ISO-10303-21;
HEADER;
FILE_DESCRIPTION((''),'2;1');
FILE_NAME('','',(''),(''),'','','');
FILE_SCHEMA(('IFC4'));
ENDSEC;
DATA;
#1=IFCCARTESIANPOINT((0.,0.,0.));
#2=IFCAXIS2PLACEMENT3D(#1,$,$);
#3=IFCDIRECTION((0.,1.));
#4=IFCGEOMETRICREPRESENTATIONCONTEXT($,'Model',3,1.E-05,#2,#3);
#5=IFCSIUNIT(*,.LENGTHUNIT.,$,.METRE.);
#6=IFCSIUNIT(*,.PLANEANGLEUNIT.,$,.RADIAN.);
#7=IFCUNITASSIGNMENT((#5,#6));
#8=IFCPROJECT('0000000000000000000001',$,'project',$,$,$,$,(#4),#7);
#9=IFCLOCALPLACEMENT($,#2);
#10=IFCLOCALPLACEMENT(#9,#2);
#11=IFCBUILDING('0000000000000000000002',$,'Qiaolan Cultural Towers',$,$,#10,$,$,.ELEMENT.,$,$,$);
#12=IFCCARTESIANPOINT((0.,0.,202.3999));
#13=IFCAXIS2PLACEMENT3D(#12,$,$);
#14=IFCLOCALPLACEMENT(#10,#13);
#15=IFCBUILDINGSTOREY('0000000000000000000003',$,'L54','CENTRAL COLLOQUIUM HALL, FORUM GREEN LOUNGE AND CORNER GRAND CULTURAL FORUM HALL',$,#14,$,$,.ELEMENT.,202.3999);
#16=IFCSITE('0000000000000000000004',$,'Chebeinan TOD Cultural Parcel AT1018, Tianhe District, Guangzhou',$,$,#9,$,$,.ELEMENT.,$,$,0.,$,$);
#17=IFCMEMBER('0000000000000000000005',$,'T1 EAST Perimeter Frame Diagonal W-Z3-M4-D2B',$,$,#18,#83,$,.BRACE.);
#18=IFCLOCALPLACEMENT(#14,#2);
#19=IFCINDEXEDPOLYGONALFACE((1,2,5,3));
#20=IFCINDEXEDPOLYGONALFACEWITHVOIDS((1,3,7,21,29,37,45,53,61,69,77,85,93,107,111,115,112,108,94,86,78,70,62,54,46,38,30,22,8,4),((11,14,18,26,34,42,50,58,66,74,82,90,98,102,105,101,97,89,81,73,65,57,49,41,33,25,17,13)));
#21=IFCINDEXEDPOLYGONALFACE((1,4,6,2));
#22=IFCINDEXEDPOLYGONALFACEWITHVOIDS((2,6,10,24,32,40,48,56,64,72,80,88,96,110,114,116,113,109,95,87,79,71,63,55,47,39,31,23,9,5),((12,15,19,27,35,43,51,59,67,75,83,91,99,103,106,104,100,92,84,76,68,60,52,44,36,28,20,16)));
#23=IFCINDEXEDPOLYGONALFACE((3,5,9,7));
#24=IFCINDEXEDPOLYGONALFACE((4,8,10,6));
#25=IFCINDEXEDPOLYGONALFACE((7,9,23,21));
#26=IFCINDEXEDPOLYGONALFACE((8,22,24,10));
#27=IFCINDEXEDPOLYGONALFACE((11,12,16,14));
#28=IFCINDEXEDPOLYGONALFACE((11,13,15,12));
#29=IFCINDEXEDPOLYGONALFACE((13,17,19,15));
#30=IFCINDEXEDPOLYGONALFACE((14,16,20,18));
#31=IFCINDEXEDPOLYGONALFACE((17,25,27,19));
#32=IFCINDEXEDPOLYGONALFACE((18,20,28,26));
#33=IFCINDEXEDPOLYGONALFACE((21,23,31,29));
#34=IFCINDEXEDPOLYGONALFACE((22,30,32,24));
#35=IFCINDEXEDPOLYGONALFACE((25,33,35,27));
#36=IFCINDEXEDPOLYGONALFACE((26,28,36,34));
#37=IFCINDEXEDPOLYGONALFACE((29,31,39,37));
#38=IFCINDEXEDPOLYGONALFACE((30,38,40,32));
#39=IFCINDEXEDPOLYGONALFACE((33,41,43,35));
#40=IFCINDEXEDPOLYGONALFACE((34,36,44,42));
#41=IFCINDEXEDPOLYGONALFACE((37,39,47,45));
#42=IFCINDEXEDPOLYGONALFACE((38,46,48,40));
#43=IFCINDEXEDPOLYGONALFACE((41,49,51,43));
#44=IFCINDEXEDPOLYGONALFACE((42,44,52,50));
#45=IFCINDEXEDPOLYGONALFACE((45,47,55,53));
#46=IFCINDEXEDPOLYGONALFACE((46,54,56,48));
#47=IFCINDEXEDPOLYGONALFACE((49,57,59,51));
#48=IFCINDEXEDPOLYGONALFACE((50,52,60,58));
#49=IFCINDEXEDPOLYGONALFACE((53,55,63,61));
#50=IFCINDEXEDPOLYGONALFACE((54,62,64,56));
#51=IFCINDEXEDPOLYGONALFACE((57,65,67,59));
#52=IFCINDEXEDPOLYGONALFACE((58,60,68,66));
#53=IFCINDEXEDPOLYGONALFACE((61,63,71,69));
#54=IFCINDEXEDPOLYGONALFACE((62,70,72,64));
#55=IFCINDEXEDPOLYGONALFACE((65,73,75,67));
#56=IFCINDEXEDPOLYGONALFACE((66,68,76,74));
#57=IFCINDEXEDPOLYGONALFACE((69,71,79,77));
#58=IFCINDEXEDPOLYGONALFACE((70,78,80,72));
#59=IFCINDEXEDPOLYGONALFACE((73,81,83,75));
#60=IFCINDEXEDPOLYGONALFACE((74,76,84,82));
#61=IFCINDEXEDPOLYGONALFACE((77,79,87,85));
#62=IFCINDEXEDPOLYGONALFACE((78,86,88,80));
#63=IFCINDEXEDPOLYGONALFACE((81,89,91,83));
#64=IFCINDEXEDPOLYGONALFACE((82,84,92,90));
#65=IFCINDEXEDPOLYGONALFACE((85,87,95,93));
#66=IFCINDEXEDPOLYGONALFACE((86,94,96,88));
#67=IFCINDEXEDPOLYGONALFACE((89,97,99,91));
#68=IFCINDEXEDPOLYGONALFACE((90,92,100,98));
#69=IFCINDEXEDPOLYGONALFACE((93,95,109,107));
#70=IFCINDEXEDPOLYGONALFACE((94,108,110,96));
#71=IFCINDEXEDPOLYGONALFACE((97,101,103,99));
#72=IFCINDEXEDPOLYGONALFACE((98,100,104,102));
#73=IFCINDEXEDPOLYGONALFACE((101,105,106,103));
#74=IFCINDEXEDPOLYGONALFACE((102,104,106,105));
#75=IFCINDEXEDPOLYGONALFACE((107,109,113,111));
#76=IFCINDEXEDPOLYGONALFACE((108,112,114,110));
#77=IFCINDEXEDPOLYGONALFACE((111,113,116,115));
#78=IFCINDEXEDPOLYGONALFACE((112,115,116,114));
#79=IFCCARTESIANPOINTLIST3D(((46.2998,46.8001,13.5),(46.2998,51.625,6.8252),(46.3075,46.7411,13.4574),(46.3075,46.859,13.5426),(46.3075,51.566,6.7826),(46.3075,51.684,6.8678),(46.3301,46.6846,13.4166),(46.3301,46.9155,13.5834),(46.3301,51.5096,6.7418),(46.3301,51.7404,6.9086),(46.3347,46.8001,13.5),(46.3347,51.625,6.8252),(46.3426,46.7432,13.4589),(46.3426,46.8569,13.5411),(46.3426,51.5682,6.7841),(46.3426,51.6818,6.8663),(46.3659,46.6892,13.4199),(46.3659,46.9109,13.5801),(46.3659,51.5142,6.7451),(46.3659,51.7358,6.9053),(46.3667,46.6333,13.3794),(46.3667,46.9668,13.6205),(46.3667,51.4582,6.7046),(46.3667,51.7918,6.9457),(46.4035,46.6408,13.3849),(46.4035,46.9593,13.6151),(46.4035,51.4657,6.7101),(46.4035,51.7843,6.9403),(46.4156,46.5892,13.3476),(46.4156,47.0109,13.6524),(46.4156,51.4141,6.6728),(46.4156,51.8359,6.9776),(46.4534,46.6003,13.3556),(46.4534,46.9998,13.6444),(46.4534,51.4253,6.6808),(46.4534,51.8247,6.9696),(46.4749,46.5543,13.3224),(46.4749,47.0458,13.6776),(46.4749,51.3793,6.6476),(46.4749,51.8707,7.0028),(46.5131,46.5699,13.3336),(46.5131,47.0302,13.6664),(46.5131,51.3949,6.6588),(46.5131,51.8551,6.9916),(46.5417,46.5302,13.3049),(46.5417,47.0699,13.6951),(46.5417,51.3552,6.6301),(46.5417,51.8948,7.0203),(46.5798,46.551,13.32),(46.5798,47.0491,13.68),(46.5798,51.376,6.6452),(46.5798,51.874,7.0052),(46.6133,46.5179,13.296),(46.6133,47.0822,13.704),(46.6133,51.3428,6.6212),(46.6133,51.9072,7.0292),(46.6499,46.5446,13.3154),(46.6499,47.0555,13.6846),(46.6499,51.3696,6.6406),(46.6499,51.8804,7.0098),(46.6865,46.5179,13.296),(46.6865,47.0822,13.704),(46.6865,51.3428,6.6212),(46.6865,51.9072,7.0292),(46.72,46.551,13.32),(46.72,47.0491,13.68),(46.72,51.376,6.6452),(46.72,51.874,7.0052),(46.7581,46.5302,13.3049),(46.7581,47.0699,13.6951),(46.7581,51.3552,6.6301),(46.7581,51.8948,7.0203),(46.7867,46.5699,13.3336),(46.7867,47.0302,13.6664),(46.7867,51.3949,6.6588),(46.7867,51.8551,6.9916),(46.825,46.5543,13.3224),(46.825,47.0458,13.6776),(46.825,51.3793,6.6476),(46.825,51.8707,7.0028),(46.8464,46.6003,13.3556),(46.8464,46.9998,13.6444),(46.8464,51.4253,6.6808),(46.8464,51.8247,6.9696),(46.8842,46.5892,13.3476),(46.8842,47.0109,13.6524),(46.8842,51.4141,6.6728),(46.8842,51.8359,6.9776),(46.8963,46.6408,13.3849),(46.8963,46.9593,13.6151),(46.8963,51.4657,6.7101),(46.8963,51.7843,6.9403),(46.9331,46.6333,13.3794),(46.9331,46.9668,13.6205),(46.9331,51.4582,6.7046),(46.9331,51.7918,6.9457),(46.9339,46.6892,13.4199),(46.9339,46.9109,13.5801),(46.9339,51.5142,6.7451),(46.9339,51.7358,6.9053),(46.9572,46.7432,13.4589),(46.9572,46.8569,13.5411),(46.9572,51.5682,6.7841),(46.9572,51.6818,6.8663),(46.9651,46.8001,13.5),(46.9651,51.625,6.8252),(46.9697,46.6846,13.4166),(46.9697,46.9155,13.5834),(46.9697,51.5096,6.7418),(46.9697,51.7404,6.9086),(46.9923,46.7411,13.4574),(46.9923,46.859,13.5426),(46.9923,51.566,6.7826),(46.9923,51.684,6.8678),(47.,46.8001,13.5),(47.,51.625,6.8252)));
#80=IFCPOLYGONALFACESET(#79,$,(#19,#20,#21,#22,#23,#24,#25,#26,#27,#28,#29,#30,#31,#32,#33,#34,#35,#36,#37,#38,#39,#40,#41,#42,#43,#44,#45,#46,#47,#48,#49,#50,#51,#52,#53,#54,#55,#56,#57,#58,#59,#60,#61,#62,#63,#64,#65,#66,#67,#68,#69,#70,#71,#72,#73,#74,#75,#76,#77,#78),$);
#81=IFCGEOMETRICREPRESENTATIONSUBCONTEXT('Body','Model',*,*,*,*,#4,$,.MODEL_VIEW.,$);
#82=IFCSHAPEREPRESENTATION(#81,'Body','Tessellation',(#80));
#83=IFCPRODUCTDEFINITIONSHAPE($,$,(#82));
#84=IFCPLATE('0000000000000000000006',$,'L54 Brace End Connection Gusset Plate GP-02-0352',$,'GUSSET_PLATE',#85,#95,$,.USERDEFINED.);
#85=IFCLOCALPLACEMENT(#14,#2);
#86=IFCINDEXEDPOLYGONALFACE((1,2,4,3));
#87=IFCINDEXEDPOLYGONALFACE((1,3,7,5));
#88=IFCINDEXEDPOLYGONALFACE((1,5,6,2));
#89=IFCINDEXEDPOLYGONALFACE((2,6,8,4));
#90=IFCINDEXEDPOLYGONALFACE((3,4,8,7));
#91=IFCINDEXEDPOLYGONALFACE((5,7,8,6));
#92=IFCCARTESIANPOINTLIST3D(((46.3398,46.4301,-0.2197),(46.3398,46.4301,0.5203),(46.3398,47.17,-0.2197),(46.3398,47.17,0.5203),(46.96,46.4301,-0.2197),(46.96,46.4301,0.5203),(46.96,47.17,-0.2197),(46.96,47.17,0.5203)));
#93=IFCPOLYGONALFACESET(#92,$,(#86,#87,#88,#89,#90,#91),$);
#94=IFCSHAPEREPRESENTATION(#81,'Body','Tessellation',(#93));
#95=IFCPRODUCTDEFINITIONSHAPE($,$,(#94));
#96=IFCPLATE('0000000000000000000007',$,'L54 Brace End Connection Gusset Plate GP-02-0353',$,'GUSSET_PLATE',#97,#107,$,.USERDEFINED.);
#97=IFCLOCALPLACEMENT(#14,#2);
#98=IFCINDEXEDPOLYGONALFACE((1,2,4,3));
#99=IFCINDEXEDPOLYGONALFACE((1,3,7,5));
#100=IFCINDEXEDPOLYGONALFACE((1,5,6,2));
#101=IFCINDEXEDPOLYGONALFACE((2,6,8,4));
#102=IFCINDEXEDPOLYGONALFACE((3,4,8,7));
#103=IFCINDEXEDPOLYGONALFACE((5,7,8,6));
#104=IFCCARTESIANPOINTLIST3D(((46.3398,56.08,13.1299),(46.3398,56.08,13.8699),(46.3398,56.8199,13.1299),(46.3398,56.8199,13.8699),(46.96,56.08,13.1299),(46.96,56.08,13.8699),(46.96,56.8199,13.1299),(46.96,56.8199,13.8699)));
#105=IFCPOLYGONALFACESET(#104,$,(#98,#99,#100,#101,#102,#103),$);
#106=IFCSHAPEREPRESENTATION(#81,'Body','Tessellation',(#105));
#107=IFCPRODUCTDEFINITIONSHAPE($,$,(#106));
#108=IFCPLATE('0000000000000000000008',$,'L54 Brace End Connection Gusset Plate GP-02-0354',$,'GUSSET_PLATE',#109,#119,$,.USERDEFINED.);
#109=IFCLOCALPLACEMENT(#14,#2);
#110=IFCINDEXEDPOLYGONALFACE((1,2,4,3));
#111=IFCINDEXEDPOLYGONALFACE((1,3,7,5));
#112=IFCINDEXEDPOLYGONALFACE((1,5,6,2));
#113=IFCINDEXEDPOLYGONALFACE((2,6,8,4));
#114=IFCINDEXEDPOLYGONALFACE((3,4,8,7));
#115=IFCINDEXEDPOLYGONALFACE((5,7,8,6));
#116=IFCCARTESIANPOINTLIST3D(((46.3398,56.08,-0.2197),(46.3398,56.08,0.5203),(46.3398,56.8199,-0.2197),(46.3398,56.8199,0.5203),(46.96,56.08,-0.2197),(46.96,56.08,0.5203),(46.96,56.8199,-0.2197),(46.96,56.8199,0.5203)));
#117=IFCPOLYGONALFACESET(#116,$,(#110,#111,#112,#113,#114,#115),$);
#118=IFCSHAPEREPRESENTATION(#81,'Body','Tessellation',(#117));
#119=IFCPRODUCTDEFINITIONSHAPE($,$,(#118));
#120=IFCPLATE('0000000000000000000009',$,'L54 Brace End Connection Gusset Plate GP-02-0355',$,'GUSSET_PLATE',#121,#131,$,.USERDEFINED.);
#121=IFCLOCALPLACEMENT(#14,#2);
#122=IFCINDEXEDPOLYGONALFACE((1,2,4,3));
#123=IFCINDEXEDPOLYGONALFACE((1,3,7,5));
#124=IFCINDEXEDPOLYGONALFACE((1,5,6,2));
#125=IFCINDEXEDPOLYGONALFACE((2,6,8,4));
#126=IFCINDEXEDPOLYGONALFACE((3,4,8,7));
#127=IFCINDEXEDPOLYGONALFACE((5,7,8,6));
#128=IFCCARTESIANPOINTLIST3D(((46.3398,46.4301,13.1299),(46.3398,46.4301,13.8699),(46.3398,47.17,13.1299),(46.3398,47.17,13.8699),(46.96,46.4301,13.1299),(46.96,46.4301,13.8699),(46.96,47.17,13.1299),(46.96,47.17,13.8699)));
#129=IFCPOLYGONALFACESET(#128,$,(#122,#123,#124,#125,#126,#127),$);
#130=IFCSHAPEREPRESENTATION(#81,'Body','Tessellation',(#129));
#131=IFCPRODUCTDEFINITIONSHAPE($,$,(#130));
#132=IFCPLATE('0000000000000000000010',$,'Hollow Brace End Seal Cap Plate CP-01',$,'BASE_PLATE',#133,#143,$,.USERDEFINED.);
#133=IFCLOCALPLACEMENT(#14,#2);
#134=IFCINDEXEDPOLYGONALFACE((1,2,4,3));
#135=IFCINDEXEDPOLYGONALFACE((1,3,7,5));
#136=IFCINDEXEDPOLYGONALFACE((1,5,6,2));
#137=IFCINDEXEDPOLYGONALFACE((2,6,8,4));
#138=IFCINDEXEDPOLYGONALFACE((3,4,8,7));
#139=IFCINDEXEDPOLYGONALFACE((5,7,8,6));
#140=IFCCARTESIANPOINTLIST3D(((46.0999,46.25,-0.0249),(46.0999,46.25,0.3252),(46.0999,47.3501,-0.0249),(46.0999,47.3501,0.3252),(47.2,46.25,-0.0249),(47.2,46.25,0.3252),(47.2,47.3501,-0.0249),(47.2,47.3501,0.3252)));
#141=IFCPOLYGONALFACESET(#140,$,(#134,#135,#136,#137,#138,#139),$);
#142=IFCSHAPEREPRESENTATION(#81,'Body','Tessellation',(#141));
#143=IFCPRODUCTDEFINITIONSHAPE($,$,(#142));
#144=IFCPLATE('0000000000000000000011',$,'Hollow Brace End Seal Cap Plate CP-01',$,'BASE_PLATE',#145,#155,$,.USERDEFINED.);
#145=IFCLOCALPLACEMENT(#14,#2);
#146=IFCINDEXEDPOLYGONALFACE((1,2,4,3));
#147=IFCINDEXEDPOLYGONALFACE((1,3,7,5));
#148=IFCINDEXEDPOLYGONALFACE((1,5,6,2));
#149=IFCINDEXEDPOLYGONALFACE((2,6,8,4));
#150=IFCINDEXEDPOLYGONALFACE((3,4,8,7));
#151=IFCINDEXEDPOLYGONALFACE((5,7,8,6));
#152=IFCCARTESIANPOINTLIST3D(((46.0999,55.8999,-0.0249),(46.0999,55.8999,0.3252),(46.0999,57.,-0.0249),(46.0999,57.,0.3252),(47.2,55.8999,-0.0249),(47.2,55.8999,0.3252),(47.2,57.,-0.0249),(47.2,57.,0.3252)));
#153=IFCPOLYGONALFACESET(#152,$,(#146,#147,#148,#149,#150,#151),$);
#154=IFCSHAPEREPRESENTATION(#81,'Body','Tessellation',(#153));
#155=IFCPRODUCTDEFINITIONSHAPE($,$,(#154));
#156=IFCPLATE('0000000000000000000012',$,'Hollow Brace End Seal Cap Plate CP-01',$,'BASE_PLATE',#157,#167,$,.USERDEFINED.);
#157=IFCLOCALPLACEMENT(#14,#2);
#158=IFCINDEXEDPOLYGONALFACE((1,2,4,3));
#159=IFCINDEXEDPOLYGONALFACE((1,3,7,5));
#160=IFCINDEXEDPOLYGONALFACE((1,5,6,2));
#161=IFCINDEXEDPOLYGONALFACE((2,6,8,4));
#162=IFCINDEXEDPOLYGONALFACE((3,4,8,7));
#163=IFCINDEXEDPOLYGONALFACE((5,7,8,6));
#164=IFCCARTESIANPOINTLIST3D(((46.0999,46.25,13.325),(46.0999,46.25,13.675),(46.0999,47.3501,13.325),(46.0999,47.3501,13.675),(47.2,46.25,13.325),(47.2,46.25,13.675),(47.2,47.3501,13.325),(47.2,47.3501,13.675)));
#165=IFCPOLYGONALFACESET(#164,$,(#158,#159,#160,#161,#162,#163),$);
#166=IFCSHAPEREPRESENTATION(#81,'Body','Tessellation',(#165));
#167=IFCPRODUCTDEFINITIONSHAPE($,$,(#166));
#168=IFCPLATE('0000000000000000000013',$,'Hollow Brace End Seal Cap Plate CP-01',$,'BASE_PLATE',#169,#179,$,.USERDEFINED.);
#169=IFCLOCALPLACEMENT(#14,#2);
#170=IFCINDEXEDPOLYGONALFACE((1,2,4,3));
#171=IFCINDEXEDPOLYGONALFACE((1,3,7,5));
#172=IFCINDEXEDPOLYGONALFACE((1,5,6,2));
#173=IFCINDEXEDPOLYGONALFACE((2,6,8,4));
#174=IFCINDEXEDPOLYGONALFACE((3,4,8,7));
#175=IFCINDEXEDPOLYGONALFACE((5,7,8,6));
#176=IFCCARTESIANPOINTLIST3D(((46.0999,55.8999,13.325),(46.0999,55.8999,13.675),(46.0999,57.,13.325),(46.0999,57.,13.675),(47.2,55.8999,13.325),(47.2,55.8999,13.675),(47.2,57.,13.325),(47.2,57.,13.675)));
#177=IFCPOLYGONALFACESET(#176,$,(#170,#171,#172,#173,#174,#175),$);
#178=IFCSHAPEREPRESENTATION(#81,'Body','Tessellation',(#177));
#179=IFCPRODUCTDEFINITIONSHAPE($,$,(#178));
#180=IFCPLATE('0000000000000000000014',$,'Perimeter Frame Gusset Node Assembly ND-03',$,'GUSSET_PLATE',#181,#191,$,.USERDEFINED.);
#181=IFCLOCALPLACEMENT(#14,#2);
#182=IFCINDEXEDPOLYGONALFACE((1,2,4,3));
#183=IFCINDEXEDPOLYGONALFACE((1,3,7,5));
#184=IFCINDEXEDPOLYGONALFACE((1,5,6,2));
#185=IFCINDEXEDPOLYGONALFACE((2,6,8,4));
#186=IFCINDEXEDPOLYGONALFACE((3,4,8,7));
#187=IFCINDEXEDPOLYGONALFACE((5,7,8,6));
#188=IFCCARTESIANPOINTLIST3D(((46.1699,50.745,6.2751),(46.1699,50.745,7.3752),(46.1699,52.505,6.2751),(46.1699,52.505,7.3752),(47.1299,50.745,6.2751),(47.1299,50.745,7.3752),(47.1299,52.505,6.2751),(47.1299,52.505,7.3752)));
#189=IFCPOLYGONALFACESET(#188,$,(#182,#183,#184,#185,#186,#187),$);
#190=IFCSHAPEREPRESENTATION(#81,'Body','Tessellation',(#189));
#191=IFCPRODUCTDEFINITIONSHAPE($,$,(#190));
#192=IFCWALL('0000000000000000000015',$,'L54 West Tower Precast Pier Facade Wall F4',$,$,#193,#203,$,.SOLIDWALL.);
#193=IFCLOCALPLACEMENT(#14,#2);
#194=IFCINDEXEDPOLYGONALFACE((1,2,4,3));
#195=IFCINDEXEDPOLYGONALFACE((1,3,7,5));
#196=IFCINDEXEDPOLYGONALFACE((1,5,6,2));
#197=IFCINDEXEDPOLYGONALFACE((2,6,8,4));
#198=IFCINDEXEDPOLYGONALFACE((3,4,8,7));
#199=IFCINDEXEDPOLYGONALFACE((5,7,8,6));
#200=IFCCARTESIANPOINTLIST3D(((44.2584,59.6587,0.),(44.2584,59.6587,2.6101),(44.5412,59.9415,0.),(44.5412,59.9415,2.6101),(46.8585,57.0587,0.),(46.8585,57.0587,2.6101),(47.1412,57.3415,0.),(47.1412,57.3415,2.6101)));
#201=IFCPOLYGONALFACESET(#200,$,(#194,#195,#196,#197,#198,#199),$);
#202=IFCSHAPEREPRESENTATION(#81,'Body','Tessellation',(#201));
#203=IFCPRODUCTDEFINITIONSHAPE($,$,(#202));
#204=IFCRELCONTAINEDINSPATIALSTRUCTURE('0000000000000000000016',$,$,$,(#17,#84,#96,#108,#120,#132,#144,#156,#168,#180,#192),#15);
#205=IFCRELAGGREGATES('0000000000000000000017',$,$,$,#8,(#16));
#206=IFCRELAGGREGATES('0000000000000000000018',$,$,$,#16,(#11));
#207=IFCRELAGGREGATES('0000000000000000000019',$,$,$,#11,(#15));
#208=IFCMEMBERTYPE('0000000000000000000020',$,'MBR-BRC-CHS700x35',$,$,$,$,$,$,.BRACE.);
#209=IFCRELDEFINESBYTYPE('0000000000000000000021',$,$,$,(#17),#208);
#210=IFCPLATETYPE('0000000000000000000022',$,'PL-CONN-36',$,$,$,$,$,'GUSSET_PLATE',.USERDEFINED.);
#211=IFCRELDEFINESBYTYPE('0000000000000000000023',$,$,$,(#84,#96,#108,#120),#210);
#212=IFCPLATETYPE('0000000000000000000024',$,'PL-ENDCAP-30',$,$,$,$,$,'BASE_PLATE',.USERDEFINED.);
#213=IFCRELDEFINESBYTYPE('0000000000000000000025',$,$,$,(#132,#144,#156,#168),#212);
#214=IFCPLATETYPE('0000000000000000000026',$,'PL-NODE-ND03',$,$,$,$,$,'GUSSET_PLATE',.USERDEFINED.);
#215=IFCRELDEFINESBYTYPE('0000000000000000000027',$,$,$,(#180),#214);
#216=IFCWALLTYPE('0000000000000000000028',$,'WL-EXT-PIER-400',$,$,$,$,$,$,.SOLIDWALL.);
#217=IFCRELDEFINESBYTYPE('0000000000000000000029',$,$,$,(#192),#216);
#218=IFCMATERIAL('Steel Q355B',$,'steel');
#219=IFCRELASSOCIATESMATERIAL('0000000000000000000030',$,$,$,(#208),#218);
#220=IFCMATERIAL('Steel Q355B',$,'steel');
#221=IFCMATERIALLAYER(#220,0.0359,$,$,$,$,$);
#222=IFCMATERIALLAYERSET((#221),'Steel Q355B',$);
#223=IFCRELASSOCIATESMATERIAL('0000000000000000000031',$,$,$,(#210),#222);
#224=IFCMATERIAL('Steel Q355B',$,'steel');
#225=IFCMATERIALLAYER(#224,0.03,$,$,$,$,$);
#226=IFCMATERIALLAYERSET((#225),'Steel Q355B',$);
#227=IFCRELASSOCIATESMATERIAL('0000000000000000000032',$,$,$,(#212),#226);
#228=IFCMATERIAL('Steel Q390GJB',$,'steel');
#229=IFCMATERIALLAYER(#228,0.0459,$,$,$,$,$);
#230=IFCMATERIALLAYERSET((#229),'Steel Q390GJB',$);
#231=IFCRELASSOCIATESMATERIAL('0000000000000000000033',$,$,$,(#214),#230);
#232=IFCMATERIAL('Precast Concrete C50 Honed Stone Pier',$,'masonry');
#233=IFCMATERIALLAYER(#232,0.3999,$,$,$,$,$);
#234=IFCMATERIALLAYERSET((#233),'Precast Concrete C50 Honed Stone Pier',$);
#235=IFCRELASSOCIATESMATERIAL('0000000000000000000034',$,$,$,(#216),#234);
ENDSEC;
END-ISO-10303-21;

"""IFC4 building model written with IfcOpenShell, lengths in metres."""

from ifc_helpers import new_model, si_unit, direction, frame, frame_2d, origin, origin_2d, place, context, subcontext, project, spatial, rectangle, hollow_circle, extrude, material, layer, layer_set, material_profile, profile_set, type_object, element, save


model = new_model("IFC4")

# Units and contexts
model_context = context("Model", 3, precision=1e-05, world=origin(), true_north=direction((0.0, 1.0)))
body_context = subcontext(model_context, "Body", "Model", "MODEL_VIEW")
ifc_project = project(units=[si_unit("LENGTHUNIT", "METRE"), si_unit("PLANEANGLEUNIT", "RADIAN")], contexts=[model_context])

# Site, building, storey
site_placement = place(None, origin())
site = spatial("IfcSite", under=ifc_project, at=site_placement, Name="Chebeinan TOD Cultural Parcel AT1018, Tianhe District, Guangzhou", CompositionType="ELEMENT", RefElevation=0.0)
building_placement = place(site_placement, origin())
building = spatial("IfcBuilding", under=site, at=building_placement, Name="Qiaolan Cultural Towers", CompositionType="ELEMENT")
storey_placement = place(building_placement, frame((0.0, 0.0, 202.3999)))
storey = spatial("IfcBuildingStorey", under=building, at=storey_placement, Name="L54", Description="CENTRAL COLLOQUIUM HALL, FORUM GREEN LOUNGE AND CORNER GRAND CULTURAL FORUM HALL", CompositionType="ELEMENT", Elevation=202.3999)

# Member
ifc_material_1 = material(Name="Steel Q355B", Category="steel")
ifc_material_profile_1 = material_profile(ifc_material_1, hollow_circle(Radius=0.3501, WallThickness=0.0349, at=origin_2d()), Name="CHS700x35")
ifc_profile_set_1 = profile_set([ifc_material_profile_1], Name="Steel Q355B")
member_type_1 = type_object("IfcMemberType", Name="MBR-BRC-CHS700x35", PredefinedType="BRACE", material=ifc_profile_set_1)
member_1_placement = place(storey_placement, frame((46.6499, 51.625, 6.8252), z_axis=(0.0, -0.58583, 0.810434), x_axis=(1.0, 0.0, 0.0)))
element("IfcMember", 1, at=member_1_placement, inside=storey, type_object=member_type_1, Name="T1 EAST Perimeter Frame Diagonal W-Z3-M4-D2B", PredefinedType="BRACE", context=body_context, shape_type="SweptSolid", body=[
    extrude(hollow_circle(Radius=0.3501, WallThickness=0.0349, at=origin_2d()), origin(), (0.0, 0.0, 1.0), 8.2361),
])

# Plates
ifc_material_2 = material(Name="Steel Q355B", Category="steel")
ifc_layer_1 = layer(ifc_material_2, 0.0359)
ifc_layer_set_1 = layer_set([ifc_layer_1], Name="Steel Q355B")
plate_type_1 = type_object("IfcPlateType", Name="PL-CONN-36", ElementType="GUSSET_PLATE", PredefinedType="USERDEFINED", material=ifc_layer_set_1)
for number, where, z_axis, x_axis, name in (
    (2, (46.6499, 46.8, -0.2197), (0.0, 0.0, 1.0), (0.0, 1.0, 0.0), "L54 Brace End Connection Gusset Plate GP-02-0352"),
    (3, (46.6499, 56.45, 13.1299), (0.0, 0.0, 1.0), (0.0, 1.0, 0.0), "L54 Brace End Connection Gusset Plate GP-02-0353"),
    (4, (46.6499, 56.45, -0.2197), (0.0, 0.0, 1.0), (0.0, 1.0, 0.0), "L54 Brace End Connection Gusset Plate GP-02-0354"),
    (5, (46.6499, 46.8, 13.1299), (0.0, 0.0, 1.0), (0.0, 1.0, 0.0), "L54 Brace End Connection Gusset Plate GP-02-0355"),
):
    element("IfcPlate", number, at=place(storey_placement, frame(where, z_axis=z_axis, x_axis=x_axis)), inside=storey, type_object=plate_type_1, Name=name, ObjectType="GUSSET_PLATE", PredefinedType="USERDEFINED", context=body_context, shape_type="SweptSolid", body=[
        extrude(rectangle(XDim=0.74, YDim=0.6201, at=origin_2d()), origin(), (0.0, 0.0, 1.0), 0.74),
    ])
ifc_material_3 = material(Name="Steel Q355B", Category="steel")
ifc_layer_2 = layer(ifc_material_3, 0.03)
ifc_layer_set_2 = layer_set([ifc_layer_2], Name="Steel Q355B")
plate_type_2 = type_object("IfcPlateType", Name="PL-ENDCAP-30", ElementType="BASE_PLATE", PredefinedType="USERDEFINED", material=ifc_layer_set_2)
for number, where, z_axis, x_axis, name in (
    (6, (46.6499, 46.8, -0.0249), (0.0, 0.0, 1.0), (0.0, 1.0, 0.0), "Hollow Brace End Seal Cap Plate CP-01"),
    (7, (46.6499, 56.45, -0.0249), (0.0, 0.0, 1.0), (0.0, 1.0, 0.0), "Hollow Brace End Seal Cap Plate CP-01"),
    (8, (46.6499, 46.8, 13.325), (0.0, 0.0, 1.0), (0.0, 1.0, 0.0), "Hollow Brace End Seal Cap Plate CP-01"),
    (9, (46.6499, 56.45, 13.325), (0.0, 0.0, 1.0), (0.0, 1.0, 0.0), "Hollow Brace End Seal Cap Plate CP-01"),
):
    element("IfcPlate", number, at=place(storey_placement, frame(where, z_axis=z_axis, x_axis=x_axis)), inside=storey, type_object=plate_type_2, Name=name, ObjectType="BASE_PLATE", PredefinedType="USERDEFINED", context=body_context, shape_type="SweptSolid", body=[
        extrude(rectangle(XDim=1.1001, YDim=1.1001, at=origin_2d()), origin(), (0.0, 0.0, 1.0), 0.3501),
    ])
ifc_material_4 = material(Name="Steel Q390GJB", Category="steel")
ifc_layer_3 = layer(ifc_material_4, 0.0459)
ifc_layer_set_3 = layer_set([ifc_layer_3], Name="Steel Q390GJB")
plate_type_3 = type_object("IfcPlateType", Name="PL-NODE-ND03", ElementType="GUSSET_PLATE", PredefinedType="USERDEFINED", material=ifc_layer_set_3)
plate_placement = place(storey_placement, frame((46.6499, 51.625, 6.2751), z_axis=(0.0, 0.0, 1.0), x_axis=(0.0, 1.0, 0.0)))
element("IfcPlate", 10, at=plate_placement, inside=storey, type_object=plate_type_3, Name="Perimeter Frame Gusset Node Assembly ND-03", ObjectType="GUSSET_PLATE", PredefinedType="USERDEFINED", context=body_context, shape_type="SweptSolid", body=[
    extrude(rectangle(XDim=1.76, YDim=0.96, at=origin_2d()), origin(), (0.0, 0.0, 1.0), 1.1001),
])

# Wall
ifc_material_5 = material(Name="Precast Concrete C50 Honed Stone Pier", Category="masonry")
ifc_layer_4 = layer(ifc_material_5, 0.3999)
ifc_layer_set_4 = layer_set([ifc_layer_4], Name="Precast Concrete C50 Honed Stone Pier")
wall_type_1 = type_object("IfcWallType", Name="WL-EXT-PIER-400", PredefinedType="SOLIDWALL", material=ifc_layer_set_4)
wall_1_placement = place(storey_placement, frame((44.3999, 59.8, 0.0), z_axis=(0.0, 0.0, 1.0), x_axis=(0.707107, -0.707107, 0.0)))
element("IfcWall", 11, at=wall_1_placement, inside=storey, type_object=wall_type_1, Name="L54 West Tower Precast Pier Facade Wall F4", PredefinedType="SOLIDWALL", context=body_context, shape_type="SweptSolid", body=[
    extrude(rectangle(XDim=3.677, YDim=0.3999, at=frame_2d((1.8384, 0.0))), origin(), (0.0, 0.0, 1.0), 2.6101),
])

save(model, "model.ifc")
